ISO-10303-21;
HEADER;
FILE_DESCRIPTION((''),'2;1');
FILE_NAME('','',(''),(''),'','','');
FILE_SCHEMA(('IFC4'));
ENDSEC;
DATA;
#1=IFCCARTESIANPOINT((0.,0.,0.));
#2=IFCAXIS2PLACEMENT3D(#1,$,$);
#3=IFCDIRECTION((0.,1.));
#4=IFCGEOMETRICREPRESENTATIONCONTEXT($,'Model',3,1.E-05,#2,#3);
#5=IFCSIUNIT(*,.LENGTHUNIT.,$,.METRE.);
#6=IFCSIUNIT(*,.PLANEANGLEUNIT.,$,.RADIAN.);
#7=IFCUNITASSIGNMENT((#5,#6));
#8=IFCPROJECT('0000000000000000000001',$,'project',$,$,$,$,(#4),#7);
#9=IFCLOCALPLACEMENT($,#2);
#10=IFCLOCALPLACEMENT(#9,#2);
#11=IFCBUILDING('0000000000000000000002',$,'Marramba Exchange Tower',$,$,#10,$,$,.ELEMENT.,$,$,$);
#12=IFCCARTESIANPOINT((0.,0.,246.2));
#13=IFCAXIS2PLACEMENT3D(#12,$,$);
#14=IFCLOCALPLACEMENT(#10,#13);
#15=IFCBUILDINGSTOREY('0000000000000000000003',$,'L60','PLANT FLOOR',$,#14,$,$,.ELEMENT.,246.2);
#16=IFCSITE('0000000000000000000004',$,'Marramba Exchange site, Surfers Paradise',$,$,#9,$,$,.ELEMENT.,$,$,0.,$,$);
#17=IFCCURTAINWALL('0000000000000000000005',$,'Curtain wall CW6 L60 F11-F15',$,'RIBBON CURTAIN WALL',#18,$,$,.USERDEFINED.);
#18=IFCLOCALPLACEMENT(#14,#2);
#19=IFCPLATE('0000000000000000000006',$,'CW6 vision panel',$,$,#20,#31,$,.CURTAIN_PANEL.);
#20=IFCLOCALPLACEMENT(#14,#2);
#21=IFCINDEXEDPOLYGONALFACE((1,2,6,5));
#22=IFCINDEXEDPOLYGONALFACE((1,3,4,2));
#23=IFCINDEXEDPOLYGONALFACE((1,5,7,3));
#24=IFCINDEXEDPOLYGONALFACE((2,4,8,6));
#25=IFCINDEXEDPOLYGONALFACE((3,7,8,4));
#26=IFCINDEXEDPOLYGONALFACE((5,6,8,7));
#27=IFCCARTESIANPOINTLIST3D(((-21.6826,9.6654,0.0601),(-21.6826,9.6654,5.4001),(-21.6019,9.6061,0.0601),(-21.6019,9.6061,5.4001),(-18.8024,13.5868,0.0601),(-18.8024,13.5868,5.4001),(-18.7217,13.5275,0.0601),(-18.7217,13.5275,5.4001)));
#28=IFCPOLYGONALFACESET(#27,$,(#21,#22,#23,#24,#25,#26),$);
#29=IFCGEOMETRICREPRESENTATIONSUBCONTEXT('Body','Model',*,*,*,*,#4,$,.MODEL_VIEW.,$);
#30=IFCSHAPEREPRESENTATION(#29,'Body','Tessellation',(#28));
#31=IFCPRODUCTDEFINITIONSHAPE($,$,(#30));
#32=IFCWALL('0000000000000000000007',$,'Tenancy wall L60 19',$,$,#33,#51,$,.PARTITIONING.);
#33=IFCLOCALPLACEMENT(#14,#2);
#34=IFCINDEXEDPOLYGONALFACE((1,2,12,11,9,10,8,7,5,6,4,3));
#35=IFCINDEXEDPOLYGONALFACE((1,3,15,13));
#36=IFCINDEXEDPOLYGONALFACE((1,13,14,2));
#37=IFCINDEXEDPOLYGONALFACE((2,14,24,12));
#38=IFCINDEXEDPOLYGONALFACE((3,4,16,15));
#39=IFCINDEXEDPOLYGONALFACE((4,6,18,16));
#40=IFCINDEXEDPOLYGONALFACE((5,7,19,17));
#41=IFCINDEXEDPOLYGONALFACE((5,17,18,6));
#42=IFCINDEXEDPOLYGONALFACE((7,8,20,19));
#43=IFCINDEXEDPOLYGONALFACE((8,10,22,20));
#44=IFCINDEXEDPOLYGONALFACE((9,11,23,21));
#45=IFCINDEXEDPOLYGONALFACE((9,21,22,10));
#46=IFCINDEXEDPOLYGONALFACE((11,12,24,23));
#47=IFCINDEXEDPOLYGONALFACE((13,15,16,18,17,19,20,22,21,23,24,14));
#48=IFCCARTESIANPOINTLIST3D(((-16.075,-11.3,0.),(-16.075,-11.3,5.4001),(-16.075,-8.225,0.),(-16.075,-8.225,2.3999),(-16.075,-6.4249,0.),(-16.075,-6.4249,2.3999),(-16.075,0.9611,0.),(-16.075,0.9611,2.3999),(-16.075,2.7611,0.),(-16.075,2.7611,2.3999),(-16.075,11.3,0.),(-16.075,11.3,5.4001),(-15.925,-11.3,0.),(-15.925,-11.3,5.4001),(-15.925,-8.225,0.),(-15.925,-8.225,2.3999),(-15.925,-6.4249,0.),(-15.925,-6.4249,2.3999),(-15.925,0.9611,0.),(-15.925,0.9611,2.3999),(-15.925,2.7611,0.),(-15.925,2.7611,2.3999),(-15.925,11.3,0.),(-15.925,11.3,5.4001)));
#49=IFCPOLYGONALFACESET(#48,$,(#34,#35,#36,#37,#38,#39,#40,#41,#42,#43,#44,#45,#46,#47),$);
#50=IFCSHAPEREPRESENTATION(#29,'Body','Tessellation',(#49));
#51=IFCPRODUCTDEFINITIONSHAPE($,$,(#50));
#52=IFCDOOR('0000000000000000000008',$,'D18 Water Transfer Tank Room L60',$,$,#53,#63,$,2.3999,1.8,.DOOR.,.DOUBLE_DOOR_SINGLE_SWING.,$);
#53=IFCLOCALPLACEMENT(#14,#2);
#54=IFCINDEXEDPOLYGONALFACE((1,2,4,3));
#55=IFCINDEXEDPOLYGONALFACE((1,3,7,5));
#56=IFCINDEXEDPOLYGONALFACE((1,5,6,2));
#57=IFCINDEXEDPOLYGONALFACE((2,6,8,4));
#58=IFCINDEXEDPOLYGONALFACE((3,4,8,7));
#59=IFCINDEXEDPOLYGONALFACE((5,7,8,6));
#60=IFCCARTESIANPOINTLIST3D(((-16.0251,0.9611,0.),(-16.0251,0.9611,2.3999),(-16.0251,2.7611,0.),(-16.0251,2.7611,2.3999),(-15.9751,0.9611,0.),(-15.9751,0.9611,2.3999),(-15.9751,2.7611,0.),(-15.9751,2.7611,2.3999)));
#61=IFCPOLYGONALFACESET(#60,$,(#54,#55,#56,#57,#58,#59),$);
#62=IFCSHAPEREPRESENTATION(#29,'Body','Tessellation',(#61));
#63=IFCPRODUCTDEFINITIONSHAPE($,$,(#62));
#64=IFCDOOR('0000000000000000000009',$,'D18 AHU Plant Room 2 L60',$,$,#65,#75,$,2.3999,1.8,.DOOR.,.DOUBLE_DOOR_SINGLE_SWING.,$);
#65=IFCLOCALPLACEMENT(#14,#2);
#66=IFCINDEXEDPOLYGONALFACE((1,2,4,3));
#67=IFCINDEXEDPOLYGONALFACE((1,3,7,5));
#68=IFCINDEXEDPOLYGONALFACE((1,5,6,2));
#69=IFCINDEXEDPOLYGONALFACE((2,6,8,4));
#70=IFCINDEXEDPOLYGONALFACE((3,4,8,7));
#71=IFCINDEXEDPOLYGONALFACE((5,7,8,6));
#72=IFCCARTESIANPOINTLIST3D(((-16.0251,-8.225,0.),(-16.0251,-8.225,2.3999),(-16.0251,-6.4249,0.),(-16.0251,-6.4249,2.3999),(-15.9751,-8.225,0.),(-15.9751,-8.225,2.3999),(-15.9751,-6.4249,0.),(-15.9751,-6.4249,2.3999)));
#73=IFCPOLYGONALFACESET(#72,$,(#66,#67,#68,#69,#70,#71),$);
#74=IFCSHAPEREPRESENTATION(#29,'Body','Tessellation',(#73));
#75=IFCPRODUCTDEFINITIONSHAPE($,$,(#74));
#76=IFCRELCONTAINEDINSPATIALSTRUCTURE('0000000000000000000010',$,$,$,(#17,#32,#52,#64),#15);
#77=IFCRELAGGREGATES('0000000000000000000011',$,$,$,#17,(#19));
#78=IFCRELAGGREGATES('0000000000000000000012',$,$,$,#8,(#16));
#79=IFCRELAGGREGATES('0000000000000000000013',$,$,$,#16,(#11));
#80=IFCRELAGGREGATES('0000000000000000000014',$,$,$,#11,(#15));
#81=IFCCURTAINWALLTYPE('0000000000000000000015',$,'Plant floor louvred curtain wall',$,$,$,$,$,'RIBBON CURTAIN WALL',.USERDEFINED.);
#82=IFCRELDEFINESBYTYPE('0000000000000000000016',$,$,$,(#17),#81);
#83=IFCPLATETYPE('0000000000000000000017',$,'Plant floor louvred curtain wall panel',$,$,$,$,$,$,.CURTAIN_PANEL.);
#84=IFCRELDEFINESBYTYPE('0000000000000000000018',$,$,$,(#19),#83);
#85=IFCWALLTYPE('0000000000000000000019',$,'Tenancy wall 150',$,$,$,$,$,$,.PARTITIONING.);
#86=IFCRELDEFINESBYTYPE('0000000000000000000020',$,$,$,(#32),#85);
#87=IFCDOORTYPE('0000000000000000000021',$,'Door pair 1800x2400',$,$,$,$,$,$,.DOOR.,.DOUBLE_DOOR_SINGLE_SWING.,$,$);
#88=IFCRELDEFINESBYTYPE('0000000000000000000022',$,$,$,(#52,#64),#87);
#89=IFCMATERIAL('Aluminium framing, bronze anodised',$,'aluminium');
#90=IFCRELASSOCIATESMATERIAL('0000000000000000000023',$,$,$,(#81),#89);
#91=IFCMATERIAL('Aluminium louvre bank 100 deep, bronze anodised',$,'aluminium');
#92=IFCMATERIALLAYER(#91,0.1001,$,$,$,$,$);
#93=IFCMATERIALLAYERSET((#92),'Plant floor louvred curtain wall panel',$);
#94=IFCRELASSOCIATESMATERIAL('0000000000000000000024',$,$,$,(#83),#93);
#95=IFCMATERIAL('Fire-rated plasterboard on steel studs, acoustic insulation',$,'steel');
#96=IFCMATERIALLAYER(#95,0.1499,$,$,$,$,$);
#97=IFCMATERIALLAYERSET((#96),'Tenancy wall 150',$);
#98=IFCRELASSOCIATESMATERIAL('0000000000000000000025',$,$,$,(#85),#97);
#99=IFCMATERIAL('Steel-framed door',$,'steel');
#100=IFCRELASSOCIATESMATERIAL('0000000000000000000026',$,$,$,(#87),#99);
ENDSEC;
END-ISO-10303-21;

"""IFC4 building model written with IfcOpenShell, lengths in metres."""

from ifc_helpers import new_model, si_unit, direction, frame, frame_2d, origin, origin_2d, place, context, subcontext, project, spatial, rectangle, extrude, material, layer, layer_set, type_object, element, fill, aggregate, save


model = new_model("IFC4")

# Units and contexts
model_context = context("Model", 3, precision=1e-05, world=origin(), true_north=direction((0.0, 1.0)))
body_context = subcontext(model_context, "Body", "Model", "MODEL_VIEW")
ifc_project = project(units=[si_unit("LENGTHUNIT", "METRE"), si_unit("PLANEANGLEUNIT", "RADIAN")], contexts=[model_context])

# Site, building, storey
site_placement = place(None, origin())
site = spatial("IfcSite", under=ifc_project, at=site_placement, Name="Marramba Exchange site, Surfers Paradise", CompositionType="ELEMENT", RefElevation=0.0)
building_placement = place(site_placement, origin())
building = spatial("IfcBuilding", under=site, at=building_placement, Name="Marramba Exchange Tower", CompositionType="ELEMENT")
storey_placement = place(building_placement, frame((0.0, 0.0, 246.2)))
storey = spatial("IfcBuildingStorey", under=building, at=storey_placement, Name="L60", Description="PLANT FLOOR", CompositionType="ELEMENT", Elevation=246.2)

# Curtain wall
ifc_material_1 = material(Name="Aluminium framing, bronze anodised", Category="aluminium")
curtain_wall_type = type_object("IfcCurtainWallType", Name="Plant floor louvred curtain wall", ElementType="RIBBON CURTAIN WALL", PredefinedType="USERDEFINED", material=ifc_material_1)
curtain_wall_placement = place(storey_placement, origin())
curtain_wall = element("IfcCurtainWall", 1, at=curtain_wall_placement, inside=storey, type_object=curtain_wall_type, Name="Curtain wall CW6 L60 F11-F15", ObjectType="RIBBON CURTAIN WALL", PredefinedType="USERDEFINED")

# Plate
ifc_material_2 = material(Name="Aluminium louvre bank 100 deep, bronze anodised", Category="aluminium")
ifc_layer_1 = layer(ifc_material_2, 0.1001)
ifc_layer_set_1 = layer_set([ifc_layer_1], Name="Plant floor louvred curtain wall panel")
plate_type = type_object("IfcPlateType", Name="Plant floor louvred curtain wall panel", PredefinedType="CURTAIN_PANEL", material=ifc_layer_set_1)
plate_1_placement = place(storey_placement, frame((-20.2021, 11.5964, 0.0601), z_axis=(0.0, 0.0, 1.0), x_axis=(-0.591963, -0.805965, 0.0)))
plate_1 = element("IfcPlate", 2, at=plate_1_placement, type_object=plate_type, Name="CW6 vision panel", PredefinedType="CURTAIN_PANEL", context=body_context, shape_type="SweptSolid", body=[
    extrude(rectangle(XDim=4.8655, YDim=0.1001, at=origin_2d()), origin(), (0.0, 0.0, 1.0), 5.3401),
])
aggregate(curtain_wall, [plate_1])

# Wall, openings, doors
ifc_material_3 = material(Name="Fire-rated plasterboard on steel studs, acoustic insulation", Category="steel")
ifc_layer_2 = layer(ifc_material_3, 0.1499)
ifc_layer_set_2 = layer_set([ifc_layer_2], Name="Tenancy wall 150")
wall_type = type_object("IfcWallType", Name="Tenancy wall 150", PredefinedType="PARTITIONING", material=ifc_layer_set_2)
wall_placement = place(storey_placement, frame((-16.0, 11.3, 0.0), z_axis=(0.0, 0.0, 1.0), x_axis=(0.0, -1.0, 0.0)))
wall = element("IfcWall", 3, at=wall_placement, inside=storey, type_object=wall_type, Name="Tenancy wall L60 19", PredefinedType="PARTITIONING", context=body_context, shape_type="SweptSolid", body=[
    extrude(rectangle(XDim=22.6001, YDim=0.1499, at=frame_2d((11.3, 0.0))), origin(), (0.0, 0.0, 1.0), 5.4001),
])
opening_1_placement = place(wall_placement, frame((8.5391, 0.0, 0.0)))
opening_1 = element("IfcOpeningElement", 4, at=opening_1_placement, cuts=wall, PredefinedType="OPENING", context=body_context, shape_type="SweptSolid", body=[
    extrude(rectangle(XDim=1.8, YDim=2.3999, at=frame_2d((0.8999, 1.2))), frame((0.0, 0.085, 0.0), z_axis=(0.0, -1.0, 0.0), x_axis=(1.0, 0.0, 0.0)), (0.0, 0.0, 1.0), 0.1699),
])
opening_2_placement = place(wall_placement, frame((17.7251, 0.0, 0.0)))
opening_2 = element("IfcOpeningElement", 5, at=opening_2_placement, cuts=wall, PredefinedType="OPENING", context=body_context, shape_type="SweptSolid", body=[
    extrude(rectangle(XDim=1.8, YDim=2.3999, at=frame_2d((0.8999, 1.2))), frame((0.0, 0.085, 0.0), z_axis=(0.0, -1.0, 0.0), x_axis=(1.0, 0.0, 0.0)), (0.0, 0.0, 1.0), 0.1699),
])
ifc_material_4 = material(Name="Steel-framed door", Category="steel")
door_type = type_object("IfcDoorType", Name="Door pair 1800x2400", OperationType="DOUBLE_DOOR_SINGLE_SWING", PredefinedType="DOOR", material=ifc_material_4)
door_1_placement = place(opening_1_placement, origin())
door_1 = element("IfcDoor", 6, at=door_1_placement, inside=storey, type_object=door_type, Name="D18 Water Transfer Tank Room L60", OperationType="DOUBLE_DOOR_SINGLE_SWING", OverallHeight=2.3999, OverallWidth=1.8, PredefinedType="DOOR", context=body_context, shape_type="SweptSolid", body=[
    extrude(rectangle(XDim=1.8, YDim=2.3999, at=frame_2d((0.8999, 1.2))), frame((0.0, 0.0249, 0.0), z_axis=(0.0, -1.0, 0.0), x_axis=(1.0, 0.0, 0.0)), (0.0, 0.0, 1.0), 0.05),
])
fill(opening_1, door_1)
door_2_placement = place(opening_2_placement, origin())
door_2 = element("IfcDoor", 7, at=door_2_placement, inside=storey, type_object=door_type, Name="D18 AHU Plant Room 2 L60", OperationType="DOUBLE_DOOR_SINGLE_SWING", OverallHeight=2.3999, OverallWidth=1.8, PredefinedType="DOOR", context=body_context, shape_type="SweptSolid", body=[
    extrude(rectangle(XDim=1.8, YDim=2.3999, at=frame_2d((0.8999, 1.2))), frame((0.0, 0.0249, 0.0), z_axis=(0.0, -1.0, 0.0), x_axis=(1.0, 0.0, 0.0)), (0.0, 0.0, 1.0), 0.05),
])
fill(opening_2, door_2)

save(model, "model.ifc")
